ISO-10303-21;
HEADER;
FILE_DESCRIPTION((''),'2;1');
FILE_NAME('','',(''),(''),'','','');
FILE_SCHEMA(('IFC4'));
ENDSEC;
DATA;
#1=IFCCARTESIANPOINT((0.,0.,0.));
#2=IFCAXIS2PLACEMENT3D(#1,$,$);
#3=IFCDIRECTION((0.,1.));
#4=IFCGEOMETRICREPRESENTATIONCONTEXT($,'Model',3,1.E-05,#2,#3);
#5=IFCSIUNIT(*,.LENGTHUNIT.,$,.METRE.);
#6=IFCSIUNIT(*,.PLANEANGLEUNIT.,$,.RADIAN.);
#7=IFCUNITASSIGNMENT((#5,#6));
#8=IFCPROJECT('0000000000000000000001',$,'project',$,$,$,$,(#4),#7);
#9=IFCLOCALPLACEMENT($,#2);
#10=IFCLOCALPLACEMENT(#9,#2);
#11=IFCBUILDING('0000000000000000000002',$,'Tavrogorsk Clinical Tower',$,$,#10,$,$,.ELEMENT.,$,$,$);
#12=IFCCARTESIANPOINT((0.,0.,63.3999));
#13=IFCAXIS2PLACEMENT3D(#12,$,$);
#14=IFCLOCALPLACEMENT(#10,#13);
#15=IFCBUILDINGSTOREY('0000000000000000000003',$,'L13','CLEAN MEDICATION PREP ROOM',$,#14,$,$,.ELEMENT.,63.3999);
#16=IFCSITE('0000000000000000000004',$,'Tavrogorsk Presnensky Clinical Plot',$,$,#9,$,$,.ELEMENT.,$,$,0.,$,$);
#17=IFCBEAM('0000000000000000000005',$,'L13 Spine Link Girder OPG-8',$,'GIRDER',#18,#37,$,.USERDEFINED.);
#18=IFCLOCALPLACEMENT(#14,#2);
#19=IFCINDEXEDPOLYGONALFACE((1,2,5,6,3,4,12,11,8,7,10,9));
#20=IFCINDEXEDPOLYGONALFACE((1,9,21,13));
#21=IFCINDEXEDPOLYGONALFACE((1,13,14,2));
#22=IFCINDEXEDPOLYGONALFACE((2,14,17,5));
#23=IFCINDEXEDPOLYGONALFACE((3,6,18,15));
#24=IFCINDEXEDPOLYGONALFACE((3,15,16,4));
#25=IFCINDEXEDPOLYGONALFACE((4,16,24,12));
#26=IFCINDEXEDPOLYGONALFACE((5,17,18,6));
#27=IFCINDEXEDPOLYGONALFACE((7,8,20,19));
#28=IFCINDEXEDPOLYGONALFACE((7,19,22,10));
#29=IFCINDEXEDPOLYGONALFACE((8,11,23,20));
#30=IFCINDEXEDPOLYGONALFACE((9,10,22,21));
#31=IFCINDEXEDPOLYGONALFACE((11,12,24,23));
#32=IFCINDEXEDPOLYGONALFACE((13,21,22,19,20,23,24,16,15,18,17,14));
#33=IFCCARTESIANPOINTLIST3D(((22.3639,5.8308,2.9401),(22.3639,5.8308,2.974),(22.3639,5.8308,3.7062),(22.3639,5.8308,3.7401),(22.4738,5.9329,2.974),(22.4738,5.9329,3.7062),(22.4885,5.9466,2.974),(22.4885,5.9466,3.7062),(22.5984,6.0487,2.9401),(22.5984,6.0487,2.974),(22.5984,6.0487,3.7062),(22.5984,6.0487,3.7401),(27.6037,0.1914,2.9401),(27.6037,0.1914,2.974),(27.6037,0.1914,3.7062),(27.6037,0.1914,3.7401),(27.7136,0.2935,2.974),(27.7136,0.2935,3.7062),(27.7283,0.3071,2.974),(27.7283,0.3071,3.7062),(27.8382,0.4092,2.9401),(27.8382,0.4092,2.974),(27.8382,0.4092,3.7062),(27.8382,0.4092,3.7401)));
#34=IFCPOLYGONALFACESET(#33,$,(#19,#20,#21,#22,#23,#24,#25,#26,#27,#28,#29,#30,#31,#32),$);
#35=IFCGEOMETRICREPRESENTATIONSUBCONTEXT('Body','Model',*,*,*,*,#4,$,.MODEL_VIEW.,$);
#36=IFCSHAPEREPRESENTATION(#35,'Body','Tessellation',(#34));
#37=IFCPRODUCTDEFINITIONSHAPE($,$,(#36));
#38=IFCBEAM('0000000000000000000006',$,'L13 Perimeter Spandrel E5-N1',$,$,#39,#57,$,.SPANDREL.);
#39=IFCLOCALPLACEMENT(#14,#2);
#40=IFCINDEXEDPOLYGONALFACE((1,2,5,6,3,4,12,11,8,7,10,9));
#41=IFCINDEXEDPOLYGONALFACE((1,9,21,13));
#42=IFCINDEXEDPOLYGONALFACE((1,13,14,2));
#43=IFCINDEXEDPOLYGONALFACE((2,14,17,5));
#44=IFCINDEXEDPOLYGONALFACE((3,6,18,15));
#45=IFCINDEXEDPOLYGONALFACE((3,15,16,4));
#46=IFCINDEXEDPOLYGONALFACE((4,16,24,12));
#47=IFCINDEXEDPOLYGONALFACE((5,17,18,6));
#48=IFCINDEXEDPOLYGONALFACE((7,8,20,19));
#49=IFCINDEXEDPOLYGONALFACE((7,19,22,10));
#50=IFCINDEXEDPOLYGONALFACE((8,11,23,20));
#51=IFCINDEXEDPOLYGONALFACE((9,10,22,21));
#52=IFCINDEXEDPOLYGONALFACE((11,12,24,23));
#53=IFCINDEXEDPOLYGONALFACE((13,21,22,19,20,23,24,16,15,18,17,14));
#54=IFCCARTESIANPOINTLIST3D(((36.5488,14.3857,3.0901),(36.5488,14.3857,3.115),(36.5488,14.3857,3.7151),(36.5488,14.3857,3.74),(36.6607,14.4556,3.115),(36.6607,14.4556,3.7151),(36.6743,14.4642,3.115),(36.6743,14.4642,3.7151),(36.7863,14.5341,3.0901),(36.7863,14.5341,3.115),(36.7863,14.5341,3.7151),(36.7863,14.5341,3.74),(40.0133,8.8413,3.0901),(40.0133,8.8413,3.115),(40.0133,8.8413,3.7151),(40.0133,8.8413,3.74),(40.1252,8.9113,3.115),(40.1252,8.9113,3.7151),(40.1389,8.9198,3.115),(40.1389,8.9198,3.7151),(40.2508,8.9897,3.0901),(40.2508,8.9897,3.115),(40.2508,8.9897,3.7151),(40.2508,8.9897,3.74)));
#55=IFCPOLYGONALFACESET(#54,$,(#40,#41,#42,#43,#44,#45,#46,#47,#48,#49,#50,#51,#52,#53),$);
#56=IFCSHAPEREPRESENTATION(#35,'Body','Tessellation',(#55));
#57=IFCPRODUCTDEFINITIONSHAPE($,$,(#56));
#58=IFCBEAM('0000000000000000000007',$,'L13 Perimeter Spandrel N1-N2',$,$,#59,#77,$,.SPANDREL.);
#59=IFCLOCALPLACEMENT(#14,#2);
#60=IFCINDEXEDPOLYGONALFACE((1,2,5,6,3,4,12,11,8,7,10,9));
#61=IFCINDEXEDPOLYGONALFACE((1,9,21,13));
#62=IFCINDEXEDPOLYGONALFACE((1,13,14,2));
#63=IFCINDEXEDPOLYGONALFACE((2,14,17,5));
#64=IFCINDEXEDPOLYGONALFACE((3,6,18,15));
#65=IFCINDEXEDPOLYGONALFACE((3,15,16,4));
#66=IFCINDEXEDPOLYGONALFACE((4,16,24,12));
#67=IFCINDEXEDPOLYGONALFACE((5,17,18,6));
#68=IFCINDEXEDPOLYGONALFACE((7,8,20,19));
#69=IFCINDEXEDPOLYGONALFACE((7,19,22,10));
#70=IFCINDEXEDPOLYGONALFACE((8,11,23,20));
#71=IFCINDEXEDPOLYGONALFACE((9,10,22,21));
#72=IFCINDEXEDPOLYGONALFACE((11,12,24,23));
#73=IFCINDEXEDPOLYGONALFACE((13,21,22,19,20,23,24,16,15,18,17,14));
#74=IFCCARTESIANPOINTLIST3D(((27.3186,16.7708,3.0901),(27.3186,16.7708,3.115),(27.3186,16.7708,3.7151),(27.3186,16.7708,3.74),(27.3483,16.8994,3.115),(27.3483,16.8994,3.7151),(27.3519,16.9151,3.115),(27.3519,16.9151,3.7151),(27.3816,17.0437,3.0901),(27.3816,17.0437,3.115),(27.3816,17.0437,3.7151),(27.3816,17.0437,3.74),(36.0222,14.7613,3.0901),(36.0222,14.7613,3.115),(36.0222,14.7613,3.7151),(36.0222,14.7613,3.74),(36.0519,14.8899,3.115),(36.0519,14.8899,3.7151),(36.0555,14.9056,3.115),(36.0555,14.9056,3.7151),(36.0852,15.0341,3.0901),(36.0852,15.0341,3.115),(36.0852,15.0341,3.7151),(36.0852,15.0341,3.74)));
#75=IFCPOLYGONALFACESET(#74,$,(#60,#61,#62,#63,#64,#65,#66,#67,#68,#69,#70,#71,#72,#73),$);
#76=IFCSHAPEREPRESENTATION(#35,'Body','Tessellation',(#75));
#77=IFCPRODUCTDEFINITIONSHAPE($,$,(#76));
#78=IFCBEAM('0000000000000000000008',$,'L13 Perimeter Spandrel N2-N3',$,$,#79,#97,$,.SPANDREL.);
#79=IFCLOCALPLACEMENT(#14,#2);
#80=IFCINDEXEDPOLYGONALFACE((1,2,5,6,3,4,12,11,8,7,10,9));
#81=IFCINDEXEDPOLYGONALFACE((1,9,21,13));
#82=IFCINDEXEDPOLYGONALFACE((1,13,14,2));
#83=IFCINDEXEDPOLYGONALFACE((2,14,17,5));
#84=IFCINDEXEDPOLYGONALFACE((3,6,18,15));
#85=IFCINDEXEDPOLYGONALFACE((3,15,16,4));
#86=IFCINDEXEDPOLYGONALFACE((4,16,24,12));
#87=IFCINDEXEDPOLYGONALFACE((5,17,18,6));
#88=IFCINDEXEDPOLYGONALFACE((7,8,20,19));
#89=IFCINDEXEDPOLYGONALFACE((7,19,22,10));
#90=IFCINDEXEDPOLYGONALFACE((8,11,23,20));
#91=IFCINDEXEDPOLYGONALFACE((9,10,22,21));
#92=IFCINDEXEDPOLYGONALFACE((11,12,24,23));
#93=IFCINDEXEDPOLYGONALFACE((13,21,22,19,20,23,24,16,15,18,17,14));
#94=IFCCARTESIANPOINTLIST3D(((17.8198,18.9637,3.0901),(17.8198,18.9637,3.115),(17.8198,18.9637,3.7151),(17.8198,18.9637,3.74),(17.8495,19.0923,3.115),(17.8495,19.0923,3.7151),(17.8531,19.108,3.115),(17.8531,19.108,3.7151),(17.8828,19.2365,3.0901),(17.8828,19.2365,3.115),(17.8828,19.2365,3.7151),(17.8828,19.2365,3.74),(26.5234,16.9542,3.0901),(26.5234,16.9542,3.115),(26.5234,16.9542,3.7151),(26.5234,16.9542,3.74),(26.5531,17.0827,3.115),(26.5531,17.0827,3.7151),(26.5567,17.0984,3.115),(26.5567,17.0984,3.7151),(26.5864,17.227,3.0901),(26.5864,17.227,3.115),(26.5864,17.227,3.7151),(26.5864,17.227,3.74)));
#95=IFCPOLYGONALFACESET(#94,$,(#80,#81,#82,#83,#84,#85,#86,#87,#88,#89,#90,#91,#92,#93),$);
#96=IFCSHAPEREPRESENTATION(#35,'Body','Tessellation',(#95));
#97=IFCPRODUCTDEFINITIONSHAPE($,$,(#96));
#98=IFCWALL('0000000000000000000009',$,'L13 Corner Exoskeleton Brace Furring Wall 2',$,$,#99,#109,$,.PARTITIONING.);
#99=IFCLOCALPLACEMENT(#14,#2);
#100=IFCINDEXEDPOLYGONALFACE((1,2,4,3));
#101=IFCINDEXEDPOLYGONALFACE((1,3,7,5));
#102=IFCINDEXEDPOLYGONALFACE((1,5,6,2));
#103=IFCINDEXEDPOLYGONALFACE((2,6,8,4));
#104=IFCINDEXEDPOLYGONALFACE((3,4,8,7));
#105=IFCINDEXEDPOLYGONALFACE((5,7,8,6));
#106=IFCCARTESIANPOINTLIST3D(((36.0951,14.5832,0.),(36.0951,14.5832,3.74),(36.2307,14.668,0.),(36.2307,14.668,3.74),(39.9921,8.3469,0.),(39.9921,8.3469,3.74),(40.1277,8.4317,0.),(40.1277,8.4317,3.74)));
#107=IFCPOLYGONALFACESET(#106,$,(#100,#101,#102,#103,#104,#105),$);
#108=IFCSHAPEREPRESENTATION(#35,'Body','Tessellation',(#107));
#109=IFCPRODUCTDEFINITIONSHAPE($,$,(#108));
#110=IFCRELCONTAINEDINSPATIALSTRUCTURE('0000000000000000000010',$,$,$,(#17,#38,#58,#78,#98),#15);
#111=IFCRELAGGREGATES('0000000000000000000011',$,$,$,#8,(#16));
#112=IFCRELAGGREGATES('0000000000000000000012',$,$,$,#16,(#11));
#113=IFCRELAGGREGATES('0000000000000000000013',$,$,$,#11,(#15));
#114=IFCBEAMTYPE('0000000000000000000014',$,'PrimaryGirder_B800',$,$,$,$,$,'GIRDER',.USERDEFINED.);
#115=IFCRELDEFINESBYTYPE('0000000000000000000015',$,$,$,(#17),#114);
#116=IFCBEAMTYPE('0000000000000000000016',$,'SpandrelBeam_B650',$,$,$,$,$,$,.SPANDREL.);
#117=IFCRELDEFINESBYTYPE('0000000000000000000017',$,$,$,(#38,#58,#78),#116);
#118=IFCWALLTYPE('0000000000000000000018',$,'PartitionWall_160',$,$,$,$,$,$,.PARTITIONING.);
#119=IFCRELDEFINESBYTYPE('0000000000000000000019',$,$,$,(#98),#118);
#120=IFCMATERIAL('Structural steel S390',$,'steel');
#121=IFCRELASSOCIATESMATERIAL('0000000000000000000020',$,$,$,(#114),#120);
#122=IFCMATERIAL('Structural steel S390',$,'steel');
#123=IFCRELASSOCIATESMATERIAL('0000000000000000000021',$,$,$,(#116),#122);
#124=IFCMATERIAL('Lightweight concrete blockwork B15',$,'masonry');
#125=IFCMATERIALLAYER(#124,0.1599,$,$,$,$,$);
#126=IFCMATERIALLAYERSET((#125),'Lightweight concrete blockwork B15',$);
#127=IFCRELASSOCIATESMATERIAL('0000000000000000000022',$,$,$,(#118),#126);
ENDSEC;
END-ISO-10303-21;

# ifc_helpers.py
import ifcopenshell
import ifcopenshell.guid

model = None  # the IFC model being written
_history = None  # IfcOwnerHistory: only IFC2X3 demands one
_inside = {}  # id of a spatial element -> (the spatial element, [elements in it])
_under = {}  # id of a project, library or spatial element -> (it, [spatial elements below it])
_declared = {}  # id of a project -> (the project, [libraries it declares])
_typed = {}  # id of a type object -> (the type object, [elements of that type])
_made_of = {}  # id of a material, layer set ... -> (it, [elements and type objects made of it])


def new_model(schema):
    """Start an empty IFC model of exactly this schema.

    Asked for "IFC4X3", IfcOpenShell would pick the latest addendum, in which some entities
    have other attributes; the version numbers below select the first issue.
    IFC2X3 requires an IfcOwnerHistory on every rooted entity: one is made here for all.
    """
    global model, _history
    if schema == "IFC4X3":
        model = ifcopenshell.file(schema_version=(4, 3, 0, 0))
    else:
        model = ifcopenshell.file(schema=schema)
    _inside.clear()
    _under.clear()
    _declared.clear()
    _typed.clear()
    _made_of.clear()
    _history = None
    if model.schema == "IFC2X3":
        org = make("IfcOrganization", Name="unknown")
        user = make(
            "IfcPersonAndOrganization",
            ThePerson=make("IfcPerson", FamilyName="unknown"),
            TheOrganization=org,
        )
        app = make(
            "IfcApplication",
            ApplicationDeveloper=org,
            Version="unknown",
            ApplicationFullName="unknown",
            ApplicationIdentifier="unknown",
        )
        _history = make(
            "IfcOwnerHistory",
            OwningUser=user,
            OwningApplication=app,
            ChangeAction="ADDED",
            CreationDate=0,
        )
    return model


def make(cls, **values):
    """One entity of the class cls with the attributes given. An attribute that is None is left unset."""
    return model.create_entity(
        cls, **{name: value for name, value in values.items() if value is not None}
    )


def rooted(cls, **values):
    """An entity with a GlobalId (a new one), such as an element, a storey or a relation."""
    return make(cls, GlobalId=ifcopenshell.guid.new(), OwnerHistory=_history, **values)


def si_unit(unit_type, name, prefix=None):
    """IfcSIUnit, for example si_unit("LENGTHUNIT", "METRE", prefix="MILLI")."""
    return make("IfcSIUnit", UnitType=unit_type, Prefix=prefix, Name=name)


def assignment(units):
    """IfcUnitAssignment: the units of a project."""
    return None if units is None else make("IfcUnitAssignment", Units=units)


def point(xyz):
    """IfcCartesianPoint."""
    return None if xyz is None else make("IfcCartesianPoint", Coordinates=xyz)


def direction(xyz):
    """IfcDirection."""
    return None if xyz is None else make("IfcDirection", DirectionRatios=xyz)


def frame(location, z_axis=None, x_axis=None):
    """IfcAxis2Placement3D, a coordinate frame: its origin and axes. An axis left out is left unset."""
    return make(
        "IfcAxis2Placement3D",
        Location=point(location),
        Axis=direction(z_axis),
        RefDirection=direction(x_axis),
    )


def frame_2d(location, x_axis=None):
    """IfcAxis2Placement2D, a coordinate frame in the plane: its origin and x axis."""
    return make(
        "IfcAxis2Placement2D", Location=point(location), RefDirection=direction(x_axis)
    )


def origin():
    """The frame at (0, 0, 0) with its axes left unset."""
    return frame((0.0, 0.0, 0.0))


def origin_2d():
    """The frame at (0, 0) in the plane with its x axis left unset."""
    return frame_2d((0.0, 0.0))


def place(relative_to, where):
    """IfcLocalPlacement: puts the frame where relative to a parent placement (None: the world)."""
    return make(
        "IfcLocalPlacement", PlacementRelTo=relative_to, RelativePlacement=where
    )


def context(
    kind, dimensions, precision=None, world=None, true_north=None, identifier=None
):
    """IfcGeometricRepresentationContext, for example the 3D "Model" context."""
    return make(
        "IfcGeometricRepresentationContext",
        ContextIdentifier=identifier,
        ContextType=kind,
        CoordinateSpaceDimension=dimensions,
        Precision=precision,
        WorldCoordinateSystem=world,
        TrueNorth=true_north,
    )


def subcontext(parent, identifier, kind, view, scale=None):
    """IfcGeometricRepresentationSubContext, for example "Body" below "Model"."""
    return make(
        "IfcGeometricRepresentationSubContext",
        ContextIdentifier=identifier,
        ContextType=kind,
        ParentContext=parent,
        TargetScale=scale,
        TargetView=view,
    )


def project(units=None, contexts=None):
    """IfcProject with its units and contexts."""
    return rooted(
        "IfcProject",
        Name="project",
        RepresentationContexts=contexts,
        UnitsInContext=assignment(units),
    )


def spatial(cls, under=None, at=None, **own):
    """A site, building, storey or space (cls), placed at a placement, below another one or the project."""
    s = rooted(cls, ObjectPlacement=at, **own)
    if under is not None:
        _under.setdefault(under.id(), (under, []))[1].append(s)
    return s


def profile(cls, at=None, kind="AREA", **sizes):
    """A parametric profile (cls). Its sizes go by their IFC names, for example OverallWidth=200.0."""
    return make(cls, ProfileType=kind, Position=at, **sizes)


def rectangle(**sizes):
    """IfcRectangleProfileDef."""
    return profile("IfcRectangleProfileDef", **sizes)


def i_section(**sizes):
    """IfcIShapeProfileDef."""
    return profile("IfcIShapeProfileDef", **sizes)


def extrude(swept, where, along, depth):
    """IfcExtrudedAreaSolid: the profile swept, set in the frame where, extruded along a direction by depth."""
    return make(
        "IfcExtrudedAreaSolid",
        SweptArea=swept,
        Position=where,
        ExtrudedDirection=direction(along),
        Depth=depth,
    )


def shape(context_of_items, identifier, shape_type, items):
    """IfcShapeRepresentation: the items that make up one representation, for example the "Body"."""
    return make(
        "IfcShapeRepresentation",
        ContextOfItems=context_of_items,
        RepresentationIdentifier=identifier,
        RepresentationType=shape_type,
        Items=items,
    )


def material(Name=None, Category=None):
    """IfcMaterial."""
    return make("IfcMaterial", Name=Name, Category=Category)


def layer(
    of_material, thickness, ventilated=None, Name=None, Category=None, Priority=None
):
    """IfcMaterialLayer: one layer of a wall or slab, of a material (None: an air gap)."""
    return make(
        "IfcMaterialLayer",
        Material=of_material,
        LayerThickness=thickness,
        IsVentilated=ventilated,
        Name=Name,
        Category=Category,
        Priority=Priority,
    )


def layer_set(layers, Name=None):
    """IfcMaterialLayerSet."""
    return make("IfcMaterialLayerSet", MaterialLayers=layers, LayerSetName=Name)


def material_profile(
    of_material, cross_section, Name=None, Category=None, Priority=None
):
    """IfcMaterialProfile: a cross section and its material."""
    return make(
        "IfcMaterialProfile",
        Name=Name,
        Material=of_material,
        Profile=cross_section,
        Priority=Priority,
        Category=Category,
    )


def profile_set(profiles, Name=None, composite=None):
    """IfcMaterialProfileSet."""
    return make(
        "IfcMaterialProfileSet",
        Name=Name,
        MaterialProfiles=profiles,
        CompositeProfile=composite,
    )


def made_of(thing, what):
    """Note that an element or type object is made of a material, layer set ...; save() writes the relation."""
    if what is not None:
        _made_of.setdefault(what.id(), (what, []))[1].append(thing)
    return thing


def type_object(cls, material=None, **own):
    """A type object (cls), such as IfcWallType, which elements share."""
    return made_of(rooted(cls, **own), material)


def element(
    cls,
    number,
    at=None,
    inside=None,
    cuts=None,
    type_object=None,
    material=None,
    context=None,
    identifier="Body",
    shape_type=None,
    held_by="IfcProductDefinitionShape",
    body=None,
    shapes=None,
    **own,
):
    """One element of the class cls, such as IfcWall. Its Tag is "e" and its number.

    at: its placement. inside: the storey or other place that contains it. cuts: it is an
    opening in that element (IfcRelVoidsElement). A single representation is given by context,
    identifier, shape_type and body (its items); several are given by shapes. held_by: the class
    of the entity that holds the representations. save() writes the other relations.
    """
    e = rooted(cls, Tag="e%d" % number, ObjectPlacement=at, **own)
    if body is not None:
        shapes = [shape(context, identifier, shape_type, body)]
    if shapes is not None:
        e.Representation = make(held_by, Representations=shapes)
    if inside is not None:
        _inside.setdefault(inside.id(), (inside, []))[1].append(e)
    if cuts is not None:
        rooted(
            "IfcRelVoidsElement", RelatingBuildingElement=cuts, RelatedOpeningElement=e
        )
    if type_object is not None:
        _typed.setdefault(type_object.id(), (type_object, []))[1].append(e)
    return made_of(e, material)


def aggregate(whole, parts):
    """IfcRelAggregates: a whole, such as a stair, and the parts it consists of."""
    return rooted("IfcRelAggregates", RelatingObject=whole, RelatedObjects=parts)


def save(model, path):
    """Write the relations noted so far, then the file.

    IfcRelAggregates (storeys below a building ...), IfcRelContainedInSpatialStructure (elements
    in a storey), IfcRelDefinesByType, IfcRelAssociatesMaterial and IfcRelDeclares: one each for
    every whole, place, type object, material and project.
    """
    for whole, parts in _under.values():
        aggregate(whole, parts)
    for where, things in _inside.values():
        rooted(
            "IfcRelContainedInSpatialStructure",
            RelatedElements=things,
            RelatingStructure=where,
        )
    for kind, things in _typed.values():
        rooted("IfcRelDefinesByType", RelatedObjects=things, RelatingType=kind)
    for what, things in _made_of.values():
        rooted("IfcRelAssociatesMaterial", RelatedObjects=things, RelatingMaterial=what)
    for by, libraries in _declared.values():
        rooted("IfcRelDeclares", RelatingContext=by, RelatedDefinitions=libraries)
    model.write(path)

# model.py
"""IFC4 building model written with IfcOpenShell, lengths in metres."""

from ifc_helpers import new_model, si_unit, direction, frame, frame_2d, origin, origin_2d, place, context, subcontext, project, spatial, rectangle, i_section, extrude, material, layer, layer_set, material_profile, profile_set, type_object, element, save


model = new_model("IFC4")

# Units and contexts
model_context = context("Model", 3, precision=1e-05, world=origin(), true_north=direction((0.0, 1.0)))
body_context = subcontext(model_context, "Body", "Model", "MODEL_VIEW")
ifc_project = project(units=[si_unit("LENGTHUNIT", "METRE"), si_unit("PLANEANGLEUNIT", "RADIAN")], contexts=[model_context])

# Site, building, storey
site_placement = place(None, origin())
site = spatial("IfcSite", under=ifc_project, at=site_placement, Name="Tavrogorsk Presnensky Clinical Plot", CompositionType="ELEMENT", RefElevation=0.0)
building_placement = place(site_placement, origin())
building = spatial("IfcBuilding", under=site, at=building_placement, Name="Tavrogorsk Clinical Tower", CompositionType="ELEMENT")
storey_placement = place(building_placement, frame((0.0, 0.0, 63.3999)))
storey = spatial("IfcBuildingStorey", under=building, at=storey_placement, Name="L13", Description="CLEAN MEDICATION PREP ROOM", CompositionType="ELEMENT", Elevation=63.3999)

# Beams
ifc_material_1 = material(Name="Structural steel S390", Category="steel")
ifc_material_profile_1 = material_profile(ifc_material_1, i_section(OverallWidth=0.3201, OverallDepth=0.8, WebThickness=0.02, FlangeThickness=0.0339, at=origin_2d()), Name="B-800x320x20x34")
ifc_profile_set_1 = profile_set([ifc_material_profile_1], Name="Structural steel S390")
beam_type_1 = type_object("IfcBeamType", Name="PrimaryGirder_B800", ElementType="GIRDER", PredefinedType="USERDEFINED", material=ifc_profile_set_1)
beam_1_placement = place(storey_placement, frame((27.7209, 0.3003, 3.3401), z_axis=(-0.680671, 0.732589, 0.0), x_axis=(-0.732589, -0.680671, 0.0)))
element("IfcBeam", 1, at=beam_1_placement, inside=storey, type_object=beam_type_1, Name="L13 Spine Link Girder OPG-8", ObjectType="GIRDER", PredefinedType="USERDEFINED", context=body_context, shape_type="SweptSolid", body=[
    extrude(i_section(OverallWidth=0.3201, OverallDepth=0.8, WebThickness=0.02, FlangeThickness=0.0339, at=origin_2d()), origin(), (0.0, 0.0, 1.0), 7.698),
])
ifc_material_2 = material(Name="Structural steel S390", Category="steel")
ifc_material_profile_2 = material_profile(ifc_material_2, i_section(OverallWidth=0.28, OverallDepth=0.6499, WebThickness=0.0161, FlangeThickness=0.0249, at=origin_2d()), Name="B-650x280x16x25")
ifc_profile_set_2 = profile_set([ifc_material_profile_2], Name="Structural steel S390")
beam_type_2 = type_object("IfcBeamType", Name="SpandrelBeam_B650", PredefinedType="SPANDREL", material=ifc_profile_set_2)
beam_2_placement = place(storey_placement, frame((40.1321, 8.9155, 3.415), z_axis=(-0.529925, 0.848044, 0.0), x_axis=(-0.848044, -0.529925, 0.0)))
element("IfcBeam", 2, at=beam_2_placement, inside=storey, type_object=beam_type_2, Name="L13 Perimeter Spandrel E5-N1", PredefinedType="SPANDREL", context=body_context, shape_type="SweptSolid", body=[
    extrude(i_section(OverallWidth=0.28, OverallDepth=0.6499, WebThickness=0.0161, FlangeThickness=0.0249, at=origin_2d()), origin(), (0.0, 0.0, 1.0), 6.5378),
])
for number, where, z_axis, x_axis, name in (
    (3, (36.0537, 14.8977, 3.415), (-0.974367, 0.224965, 0.0), (-0.224965, -0.974367, 0.0), "L13 Perimeter Spandrel N1-N2"),
    (4, (26.5549, 17.0906, 3.415), (-0.974367, 0.224965, 0.0), (-0.224965, -0.974367, 0.0), "L13 Perimeter Spandrel N2-N3"),
):
    element("IfcBeam", number, at=place(storey_placement, frame(where, z_axis=z_axis, x_axis=x_axis)), inside=storey, type_object=beam_type_2, Name=name, PredefinedType="SPANDREL", context=body_context, shape_type="SweptSolid", body=[
        extrude(i_section(OverallWidth=0.28, OverallDepth=0.6499, WebThickness=0.0161, FlangeThickness=0.0249, at=origin_2d()), origin(), (0.0, 0.0, 1.0), 8.9326),
    ])

# Wall
ifc_material_3 = material(Name="Lightweight concrete blockwork B15", Category="masonry")
ifc_layer_1 = layer(ifc_material_3, 0.1599)
ifc_layer_set_1 = layer_set([ifc_layer_1], Name="Lightweight concrete blockwork B15")
wall_type_1 = type_object("IfcWallType", Name="PartitionWall_160", PredefinedType="PARTITIONING", material=ifc_layer_set_1)
wall_1_placement = place(storey_placement, frame((40.0598, 8.3894, 0.0), z_axis=(0.0, 0.0, 1.0), x_axis=(-0.529927, 0.848043, 0.0)))
element("IfcWall", 5, at=wall_1_placement, inside=storey, type_object=wall_type_1, Name="L13 Corner Exoskeleton Brace Furring Wall 2", PredefinedType="PARTITIONING", context=body_context, shape_type="SweptSolid", body=[
    extrude(rectangle(XDim=7.3538, YDim=0.1599, at=frame_2d((3.6768, 0.0))), origin(), (0.0, 0.0, 1.0), 3.74),
])

save(model, "model.ifc")
